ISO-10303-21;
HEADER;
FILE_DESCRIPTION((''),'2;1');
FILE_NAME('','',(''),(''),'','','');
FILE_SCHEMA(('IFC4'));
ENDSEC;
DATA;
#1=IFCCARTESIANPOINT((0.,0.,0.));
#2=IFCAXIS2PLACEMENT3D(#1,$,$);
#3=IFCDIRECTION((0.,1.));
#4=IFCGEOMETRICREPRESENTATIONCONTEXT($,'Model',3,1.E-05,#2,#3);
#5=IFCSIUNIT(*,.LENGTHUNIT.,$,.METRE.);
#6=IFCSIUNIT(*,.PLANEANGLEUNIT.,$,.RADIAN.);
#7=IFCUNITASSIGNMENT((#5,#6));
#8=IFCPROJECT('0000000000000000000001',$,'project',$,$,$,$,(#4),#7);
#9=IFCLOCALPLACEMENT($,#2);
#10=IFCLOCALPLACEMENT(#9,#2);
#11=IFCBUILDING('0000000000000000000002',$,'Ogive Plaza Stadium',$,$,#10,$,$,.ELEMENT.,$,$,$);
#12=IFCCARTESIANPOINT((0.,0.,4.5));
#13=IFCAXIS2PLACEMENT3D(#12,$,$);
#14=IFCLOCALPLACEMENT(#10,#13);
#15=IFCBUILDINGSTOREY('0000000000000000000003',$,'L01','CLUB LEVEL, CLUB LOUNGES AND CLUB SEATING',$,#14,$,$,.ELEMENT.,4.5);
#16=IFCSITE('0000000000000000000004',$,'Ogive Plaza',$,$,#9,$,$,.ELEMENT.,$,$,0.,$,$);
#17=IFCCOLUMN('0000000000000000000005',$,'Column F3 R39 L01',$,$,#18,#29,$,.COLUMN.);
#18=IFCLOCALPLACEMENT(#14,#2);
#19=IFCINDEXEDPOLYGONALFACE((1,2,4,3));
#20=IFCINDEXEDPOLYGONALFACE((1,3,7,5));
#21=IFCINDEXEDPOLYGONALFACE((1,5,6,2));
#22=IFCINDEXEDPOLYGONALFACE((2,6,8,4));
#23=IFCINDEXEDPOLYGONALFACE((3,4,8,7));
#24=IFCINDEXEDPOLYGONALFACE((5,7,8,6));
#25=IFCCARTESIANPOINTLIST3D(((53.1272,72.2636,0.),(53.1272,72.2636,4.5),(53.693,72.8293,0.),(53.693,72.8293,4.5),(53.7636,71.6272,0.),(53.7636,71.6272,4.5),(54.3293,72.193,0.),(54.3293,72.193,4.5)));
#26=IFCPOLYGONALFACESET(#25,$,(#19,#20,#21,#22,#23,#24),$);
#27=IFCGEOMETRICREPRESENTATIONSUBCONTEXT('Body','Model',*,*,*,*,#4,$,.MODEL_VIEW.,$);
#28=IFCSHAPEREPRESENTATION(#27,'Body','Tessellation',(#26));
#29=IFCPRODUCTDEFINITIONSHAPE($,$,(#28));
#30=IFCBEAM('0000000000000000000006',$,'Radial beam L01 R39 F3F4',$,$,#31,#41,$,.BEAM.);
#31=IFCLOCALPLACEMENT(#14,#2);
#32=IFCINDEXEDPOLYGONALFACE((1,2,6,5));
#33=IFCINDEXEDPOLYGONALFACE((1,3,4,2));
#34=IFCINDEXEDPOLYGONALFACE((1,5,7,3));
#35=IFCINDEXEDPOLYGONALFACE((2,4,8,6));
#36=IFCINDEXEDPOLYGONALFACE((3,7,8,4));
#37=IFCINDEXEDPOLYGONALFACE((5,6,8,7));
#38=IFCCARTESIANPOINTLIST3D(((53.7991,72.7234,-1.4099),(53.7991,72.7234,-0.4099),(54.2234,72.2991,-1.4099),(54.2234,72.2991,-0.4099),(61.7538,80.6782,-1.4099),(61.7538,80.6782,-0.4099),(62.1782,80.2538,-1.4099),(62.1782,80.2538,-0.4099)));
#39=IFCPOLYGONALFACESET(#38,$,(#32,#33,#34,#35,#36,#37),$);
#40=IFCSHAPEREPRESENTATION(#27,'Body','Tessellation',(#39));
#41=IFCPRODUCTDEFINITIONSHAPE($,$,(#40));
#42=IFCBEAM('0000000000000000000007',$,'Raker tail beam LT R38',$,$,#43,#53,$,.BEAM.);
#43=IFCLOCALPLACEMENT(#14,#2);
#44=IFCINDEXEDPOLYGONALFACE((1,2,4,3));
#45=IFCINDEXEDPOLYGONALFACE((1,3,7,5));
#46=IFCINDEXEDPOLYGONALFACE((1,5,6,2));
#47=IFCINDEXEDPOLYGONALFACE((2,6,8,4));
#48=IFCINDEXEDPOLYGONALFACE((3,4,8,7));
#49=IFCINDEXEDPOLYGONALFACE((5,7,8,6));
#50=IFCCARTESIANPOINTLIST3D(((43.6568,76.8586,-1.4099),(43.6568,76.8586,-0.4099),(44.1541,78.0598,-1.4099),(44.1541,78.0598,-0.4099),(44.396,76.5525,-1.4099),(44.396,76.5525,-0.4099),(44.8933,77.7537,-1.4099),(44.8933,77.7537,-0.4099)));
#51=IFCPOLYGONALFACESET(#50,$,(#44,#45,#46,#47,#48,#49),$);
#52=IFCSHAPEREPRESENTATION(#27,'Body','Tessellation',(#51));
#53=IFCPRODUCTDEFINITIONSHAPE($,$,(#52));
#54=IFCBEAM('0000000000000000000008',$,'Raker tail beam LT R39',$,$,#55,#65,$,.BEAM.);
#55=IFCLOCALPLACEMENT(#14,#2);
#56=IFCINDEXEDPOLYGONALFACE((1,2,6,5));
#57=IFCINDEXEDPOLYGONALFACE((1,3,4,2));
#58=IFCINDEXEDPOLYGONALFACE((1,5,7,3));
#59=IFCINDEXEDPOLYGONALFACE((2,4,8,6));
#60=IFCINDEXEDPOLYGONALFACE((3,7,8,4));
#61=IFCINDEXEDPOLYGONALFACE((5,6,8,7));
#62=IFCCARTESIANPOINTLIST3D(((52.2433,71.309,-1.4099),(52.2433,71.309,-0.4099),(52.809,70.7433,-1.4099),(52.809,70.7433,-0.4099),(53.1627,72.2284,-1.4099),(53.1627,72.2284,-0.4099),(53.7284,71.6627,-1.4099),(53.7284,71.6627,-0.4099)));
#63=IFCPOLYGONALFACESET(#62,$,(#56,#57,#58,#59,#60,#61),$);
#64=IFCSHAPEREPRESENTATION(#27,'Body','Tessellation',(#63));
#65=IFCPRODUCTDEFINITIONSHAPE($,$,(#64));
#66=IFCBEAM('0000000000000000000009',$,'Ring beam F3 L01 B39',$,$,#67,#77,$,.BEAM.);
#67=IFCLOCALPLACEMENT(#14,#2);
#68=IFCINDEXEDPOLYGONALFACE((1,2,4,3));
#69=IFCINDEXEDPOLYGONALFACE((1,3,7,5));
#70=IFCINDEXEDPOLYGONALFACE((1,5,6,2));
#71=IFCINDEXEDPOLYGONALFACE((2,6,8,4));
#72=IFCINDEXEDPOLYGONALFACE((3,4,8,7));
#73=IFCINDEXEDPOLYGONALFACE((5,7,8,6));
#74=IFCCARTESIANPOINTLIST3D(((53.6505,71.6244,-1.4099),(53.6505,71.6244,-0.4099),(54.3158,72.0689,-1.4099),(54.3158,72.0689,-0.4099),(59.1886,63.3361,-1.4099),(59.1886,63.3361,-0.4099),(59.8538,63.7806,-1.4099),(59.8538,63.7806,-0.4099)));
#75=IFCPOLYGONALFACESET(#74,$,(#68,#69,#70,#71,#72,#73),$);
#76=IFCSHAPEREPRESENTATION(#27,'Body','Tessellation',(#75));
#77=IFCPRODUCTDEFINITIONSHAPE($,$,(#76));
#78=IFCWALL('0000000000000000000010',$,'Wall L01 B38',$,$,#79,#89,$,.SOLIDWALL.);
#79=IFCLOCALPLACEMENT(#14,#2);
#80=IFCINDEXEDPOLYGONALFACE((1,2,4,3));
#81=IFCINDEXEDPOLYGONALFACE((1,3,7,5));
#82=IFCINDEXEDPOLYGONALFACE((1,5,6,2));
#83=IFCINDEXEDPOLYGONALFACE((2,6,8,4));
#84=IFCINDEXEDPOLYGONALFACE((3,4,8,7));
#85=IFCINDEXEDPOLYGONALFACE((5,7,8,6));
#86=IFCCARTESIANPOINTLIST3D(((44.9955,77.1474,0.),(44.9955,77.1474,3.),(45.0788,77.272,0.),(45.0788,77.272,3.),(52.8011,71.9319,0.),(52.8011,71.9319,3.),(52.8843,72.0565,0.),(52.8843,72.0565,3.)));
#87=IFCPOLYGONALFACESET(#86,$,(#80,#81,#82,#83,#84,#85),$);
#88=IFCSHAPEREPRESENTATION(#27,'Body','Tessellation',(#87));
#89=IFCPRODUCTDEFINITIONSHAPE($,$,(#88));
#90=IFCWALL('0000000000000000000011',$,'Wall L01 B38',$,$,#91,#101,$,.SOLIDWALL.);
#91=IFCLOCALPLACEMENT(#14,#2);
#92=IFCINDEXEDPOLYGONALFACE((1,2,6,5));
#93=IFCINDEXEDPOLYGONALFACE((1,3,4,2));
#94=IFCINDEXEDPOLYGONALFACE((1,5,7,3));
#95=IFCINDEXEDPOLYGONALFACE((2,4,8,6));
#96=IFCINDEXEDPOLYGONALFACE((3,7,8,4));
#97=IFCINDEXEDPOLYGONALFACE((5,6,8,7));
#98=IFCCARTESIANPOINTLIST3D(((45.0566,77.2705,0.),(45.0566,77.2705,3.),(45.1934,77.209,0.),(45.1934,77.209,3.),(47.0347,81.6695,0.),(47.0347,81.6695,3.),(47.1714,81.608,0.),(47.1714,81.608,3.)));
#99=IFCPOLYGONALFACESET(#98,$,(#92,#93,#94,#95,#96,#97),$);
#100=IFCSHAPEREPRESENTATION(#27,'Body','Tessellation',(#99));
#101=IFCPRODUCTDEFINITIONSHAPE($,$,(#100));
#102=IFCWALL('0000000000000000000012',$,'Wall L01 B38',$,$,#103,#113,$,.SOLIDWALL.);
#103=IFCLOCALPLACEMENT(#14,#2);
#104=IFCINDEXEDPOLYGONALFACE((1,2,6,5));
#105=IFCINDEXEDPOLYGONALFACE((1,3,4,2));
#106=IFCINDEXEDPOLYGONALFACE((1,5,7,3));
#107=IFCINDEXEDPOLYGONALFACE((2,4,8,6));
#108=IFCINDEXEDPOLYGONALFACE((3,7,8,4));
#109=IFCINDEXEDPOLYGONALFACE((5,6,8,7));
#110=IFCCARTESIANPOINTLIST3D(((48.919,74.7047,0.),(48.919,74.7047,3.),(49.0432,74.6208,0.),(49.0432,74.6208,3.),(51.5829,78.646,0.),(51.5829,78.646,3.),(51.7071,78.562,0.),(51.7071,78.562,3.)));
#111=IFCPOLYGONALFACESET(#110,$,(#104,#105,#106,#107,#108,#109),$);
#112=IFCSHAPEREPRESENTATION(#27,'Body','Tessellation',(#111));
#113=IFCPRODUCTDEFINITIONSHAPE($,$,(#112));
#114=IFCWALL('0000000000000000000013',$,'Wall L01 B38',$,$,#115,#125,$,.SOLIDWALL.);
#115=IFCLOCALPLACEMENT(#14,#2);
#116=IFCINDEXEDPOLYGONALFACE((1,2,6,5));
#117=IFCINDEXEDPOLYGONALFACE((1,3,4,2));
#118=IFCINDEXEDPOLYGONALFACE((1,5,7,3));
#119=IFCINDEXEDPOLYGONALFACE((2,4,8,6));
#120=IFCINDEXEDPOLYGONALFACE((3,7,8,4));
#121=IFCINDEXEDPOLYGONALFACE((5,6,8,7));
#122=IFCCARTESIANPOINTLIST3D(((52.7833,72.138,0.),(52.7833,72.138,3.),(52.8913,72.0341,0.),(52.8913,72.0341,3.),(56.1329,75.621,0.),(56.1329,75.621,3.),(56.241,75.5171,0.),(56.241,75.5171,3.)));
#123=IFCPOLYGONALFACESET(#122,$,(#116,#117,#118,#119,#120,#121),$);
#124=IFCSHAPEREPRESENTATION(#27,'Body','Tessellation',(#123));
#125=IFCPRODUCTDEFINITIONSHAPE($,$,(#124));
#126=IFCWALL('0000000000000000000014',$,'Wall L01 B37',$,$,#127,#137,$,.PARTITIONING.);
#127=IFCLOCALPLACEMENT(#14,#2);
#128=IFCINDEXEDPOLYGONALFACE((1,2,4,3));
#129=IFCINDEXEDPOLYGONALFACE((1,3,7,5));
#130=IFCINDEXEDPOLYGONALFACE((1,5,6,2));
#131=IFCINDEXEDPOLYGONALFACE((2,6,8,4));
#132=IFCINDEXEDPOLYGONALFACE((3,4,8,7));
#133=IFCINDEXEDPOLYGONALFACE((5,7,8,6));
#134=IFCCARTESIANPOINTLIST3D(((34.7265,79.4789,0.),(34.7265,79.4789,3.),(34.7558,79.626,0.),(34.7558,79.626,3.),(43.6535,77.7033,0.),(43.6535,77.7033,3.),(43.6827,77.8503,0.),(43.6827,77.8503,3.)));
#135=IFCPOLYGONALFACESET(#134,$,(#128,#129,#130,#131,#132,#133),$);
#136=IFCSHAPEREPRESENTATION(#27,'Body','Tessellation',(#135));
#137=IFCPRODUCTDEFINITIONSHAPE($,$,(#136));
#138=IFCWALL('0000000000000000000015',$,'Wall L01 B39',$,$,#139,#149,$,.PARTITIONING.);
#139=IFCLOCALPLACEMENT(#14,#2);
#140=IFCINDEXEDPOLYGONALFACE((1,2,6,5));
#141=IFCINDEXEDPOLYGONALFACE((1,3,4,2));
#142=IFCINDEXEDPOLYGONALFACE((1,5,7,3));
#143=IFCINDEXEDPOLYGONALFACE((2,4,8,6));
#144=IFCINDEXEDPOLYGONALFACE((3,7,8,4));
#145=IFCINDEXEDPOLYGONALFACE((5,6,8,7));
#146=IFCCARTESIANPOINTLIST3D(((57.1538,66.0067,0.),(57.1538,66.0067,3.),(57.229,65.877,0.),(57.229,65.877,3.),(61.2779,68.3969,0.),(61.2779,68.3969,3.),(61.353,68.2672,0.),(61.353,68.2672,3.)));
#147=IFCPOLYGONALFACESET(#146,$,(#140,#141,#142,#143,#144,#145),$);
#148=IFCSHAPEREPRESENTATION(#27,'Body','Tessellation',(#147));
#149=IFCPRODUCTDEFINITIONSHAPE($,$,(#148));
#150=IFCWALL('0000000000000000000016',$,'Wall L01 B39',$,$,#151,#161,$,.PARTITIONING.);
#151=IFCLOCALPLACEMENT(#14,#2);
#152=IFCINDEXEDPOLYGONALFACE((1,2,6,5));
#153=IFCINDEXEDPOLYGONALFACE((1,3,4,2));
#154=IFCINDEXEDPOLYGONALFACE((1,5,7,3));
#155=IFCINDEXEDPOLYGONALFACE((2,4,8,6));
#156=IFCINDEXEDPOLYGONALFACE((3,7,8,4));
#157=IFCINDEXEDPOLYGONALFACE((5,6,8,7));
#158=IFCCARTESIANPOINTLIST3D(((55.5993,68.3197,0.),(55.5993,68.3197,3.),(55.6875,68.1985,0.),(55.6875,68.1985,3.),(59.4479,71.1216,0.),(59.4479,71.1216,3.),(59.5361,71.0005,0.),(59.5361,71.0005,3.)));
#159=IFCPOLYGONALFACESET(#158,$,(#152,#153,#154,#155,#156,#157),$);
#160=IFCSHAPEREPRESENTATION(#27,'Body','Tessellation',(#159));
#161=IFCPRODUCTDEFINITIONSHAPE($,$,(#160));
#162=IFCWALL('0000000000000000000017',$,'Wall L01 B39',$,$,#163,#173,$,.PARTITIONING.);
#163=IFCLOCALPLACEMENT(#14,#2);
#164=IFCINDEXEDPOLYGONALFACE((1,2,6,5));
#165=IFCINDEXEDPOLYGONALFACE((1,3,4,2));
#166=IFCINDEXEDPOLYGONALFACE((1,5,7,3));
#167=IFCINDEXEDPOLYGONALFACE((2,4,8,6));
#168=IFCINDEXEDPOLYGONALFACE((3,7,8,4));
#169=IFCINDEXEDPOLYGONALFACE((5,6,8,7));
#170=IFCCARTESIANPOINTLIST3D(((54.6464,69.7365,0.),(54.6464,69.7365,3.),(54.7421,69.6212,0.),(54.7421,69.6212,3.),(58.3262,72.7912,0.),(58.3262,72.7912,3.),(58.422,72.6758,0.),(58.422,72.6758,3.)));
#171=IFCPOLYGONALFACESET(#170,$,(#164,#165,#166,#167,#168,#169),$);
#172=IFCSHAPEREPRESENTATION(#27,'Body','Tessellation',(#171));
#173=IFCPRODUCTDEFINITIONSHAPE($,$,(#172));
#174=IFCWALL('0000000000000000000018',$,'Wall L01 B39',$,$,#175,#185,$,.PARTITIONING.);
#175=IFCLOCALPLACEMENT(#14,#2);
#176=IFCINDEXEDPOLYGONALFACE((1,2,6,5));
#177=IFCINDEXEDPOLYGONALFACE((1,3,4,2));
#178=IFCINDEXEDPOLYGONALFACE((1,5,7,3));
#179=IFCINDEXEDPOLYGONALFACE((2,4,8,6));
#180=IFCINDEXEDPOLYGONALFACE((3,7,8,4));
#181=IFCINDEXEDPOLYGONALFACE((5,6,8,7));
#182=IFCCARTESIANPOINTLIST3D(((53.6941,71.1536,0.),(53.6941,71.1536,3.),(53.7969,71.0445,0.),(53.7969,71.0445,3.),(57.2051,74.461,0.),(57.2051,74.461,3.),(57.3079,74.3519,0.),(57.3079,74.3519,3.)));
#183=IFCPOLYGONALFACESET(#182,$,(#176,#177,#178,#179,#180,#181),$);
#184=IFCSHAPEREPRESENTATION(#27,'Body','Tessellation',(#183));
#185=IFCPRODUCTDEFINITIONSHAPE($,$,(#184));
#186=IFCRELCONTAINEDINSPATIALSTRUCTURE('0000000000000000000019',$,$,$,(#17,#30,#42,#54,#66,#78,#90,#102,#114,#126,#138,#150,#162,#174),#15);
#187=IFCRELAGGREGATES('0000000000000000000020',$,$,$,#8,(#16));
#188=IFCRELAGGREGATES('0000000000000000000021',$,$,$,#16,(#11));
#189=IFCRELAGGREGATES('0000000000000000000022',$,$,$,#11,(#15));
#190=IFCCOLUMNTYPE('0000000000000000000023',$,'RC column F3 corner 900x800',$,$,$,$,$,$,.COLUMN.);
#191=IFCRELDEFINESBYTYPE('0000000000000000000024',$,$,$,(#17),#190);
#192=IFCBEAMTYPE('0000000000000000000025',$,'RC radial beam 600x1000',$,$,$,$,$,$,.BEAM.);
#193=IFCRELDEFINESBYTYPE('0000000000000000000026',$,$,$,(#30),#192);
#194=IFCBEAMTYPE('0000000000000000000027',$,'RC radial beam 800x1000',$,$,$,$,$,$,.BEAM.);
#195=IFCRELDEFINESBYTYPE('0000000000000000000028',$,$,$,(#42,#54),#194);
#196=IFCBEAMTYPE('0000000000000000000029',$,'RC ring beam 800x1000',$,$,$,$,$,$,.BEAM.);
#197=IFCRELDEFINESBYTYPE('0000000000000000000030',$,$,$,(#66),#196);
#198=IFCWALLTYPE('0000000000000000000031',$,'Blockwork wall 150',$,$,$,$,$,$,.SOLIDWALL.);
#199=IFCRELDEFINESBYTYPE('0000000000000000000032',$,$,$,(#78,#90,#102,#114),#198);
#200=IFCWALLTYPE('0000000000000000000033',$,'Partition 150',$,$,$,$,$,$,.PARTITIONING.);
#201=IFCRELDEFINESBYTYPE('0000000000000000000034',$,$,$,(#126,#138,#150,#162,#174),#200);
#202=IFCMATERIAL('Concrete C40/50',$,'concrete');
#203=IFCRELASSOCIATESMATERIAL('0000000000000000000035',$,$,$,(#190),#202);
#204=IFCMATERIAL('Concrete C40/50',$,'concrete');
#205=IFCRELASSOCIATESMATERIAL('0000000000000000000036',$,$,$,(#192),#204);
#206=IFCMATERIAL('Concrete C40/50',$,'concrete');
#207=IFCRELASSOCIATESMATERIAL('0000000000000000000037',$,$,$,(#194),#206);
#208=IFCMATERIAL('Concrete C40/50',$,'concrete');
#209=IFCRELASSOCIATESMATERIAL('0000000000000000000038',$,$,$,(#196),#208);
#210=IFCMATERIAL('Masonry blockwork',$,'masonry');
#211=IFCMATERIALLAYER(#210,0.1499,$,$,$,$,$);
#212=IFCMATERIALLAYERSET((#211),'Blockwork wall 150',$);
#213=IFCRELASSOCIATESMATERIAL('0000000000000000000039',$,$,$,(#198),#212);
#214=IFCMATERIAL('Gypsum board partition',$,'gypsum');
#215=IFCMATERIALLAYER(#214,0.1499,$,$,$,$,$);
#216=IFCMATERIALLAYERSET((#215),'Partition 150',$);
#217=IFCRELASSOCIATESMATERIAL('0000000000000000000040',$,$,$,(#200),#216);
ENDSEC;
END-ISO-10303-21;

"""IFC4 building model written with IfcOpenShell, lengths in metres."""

from ifc_helpers import new_model, si_unit, direction, frame, frame_2d, origin, origin_2d, place, context, subcontext, project, spatial, rectangle, extrude, material, layer, layer_set, material_profile, profile_set, type_object, element, save


model = new_model("IFC4")

# Units and contexts
model_context = context("Model", 3, precision=1e-05, world=origin(), true_north=direction((0.0, 1.0)))
body_context = subcontext(model_context, "Body", "Model", "MODEL_VIEW")
ifc_project = project(units=[si_unit("LENGTHUNIT", "METRE"), si_unit("PLANEANGLEUNIT", "RADIAN")], contexts=[model_context])

# Site, building, storey
site_placement = place(None, origin())
site = spatial("IfcSite", under=ifc_project, at=site_placement, Name="Ogive Plaza", CompositionType="ELEMENT", RefElevation=0.0)
building_placement = place(site_placement, origin())
building = spatial("IfcBuilding", under=site, at=building_placement, Name="Ogive Plaza Stadium", CompositionType="ELEMENT")
storey_placement = place(building_placement, frame((0.0, 0.0, 4.5)))
storey = spatial("IfcBuildingStorey", under=building, at=storey_placement, Name="L01", Description="CLUB LEVEL, CLUB LOUNGES AND CLUB SEATING", CompositionType="ELEMENT", Elevation=4.5)

# Column
ifc_material_1 = material(Name="Concrete C40/50", Category="concrete")
ifc_material_profile_1 = material_profile(ifc_material_1, rectangle(XDim=0.8999, YDim=0.8, at=origin_2d()), Name="RC 900x800")
ifc_profile_set_1 = profile_set([ifc_material_profile_1], Name="Concrete C40/50")
column_type = type_object("IfcColumnType", Name="RC column F3 corner 900x800", PredefinedType="COLUMN", material=ifc_profile_set_1)
column_placement = place(storey_placement, frame((53.7283, 72.2283, 0.0), z_axis=(0.0, 0.0, 1.0), x_axis=(-0.707107, 0.707107, 0.0)))
element("IfcColumn", 1, at=column_placement, inside=storey, type_object=column_type, Name="Column F3 R39 L01", PredefinedType="COLUMN", context=body_context, shape_type="SweptSolid", body=[
    extrude(rectangle(XDim=0.8999, YDim=0.8, at=origin_2d()), origin(), (0.0, 0.0, 1.0), 4.5),
])

# Beams
ifc_material_2 = material(Name="Concrete C40/50", Category="concrete")
ifc_material_profile_2 = material_profile(ifc_material_2, rectangle(XDim=0.6001, YDim=1.0, at=origin_2d()), Name="RC 600x1000")
ifc_profile_set_2 = profile_set([ifc_material_profile_2], Name="Concrete C40/50")
beam_type_1 = type_object("IfcBeamType", Name="RC radial beam 600x1000", PredefinedType="BEAM", material=ifc_profile_set_2)
beam_1_placement = place(storey_placement, frame((54.0112, 72.5112, -0.9099), z_axis=(0.707107, 0.707107, 0.0), x_axis=(-0.707107, 0.707107, 0.0)))
element("IfcBeam", 2, at=beam_1_placement, inside=storey, type_object=beam_type_1, Name="Radial beam L01 R39 F3F4", PredefinedType="BEAM", context=body_context, shape_type="SweptSolid", body=[
    extrude(rectangle(XDim=0.6001, YDim=1.0, at=origin_2d()), origin(), (0.0, 0.0, 1.0), 11.2498),
])
ifc_material_3 = material(Name="Concrete C40/50", Category="concrete")
ifc_material_profile_3 = material_profile(ifc_material_3, rectangle(XDim=0.8, YDim=1.0, at=origin_2d()), Name="RC 800x1000")
ifc_profile_set_3 = profile_set([ifc_material_profile_3], Name="Concrete C40/50")
beam_type_2 = type_object("IfcBeamType", Name="RC radial beam 800x1000", PredefinedType="BEAM", material=ifc_profile_set_3)
beam_2_placement = place(storey_placement, frame((44.0264, 76.7056, -0.9099), z_axis=(0.382534, 0.923941, 0.0), x_axis=(-0.923941, 0.382534, 0.0)))
element("IfcBeam", 3, at=beam_2_placement, inside=storey, type_object=beam_type_2, Name="Raker tail beam LT R38", PredefinedType="BEAM", context=body_context, shape_type="SweptSolid", body=[
    extrude(rectangle(XDim=0.8, YDim=1.0, at=origin_2d()), origin(), (0.0, 0.0, 1.0), 1.3),
])
beam_3_placement = place(storey_placement, frame((52.5261, 71.0261, -0.9099), z_axis=(0.707107, 0.707107, 0.0), x_axis=(-0.707107, 0.707107, 0.0)))
element("IfcBeam", 4, at=beam_3_placement, inside=storey, type_object=beam_type_2, Name="Raker tail beam LT R39", PredefinedType="BEAM", context=body_context, shape_type="SweptSolid", body=[
    extrude(rectangle(XDim=0.8, YDim=1.0, at=origin_2d()), origin(), (0.0, 0.0, 1.0), 1.3003),
])
ifc_material_4 = material(Name="Concrete C40/50", Category="concrete")
ifc_material_profile_4 = material_profile(ifc_material_4, rectangle(XDim=0.8, YDim=1.0, at=origin_2d()), Name="RC 800x1000")
ifc_profile_set_4 = profile_set([ifc_material_profile_4], Name="Concrete C40/50")
beam_type_3 = type_object("IfcBeamType", Name="RC ring beam 800x1000", PredefinedType="BEAM", material=ifc_profile_set_4)
beam_4_placement = place(storey_placement, frame((53.9832, 71.8467, -0.9099), z_axis=(0.55557, -0.83147, 0.0), x_axis=(0.83147, 0.55557, 0.0)))
element("IfcBeam", 5, at=beam_4_placement, inside=storey, type_object=beam_type_3, Name="Ring beam F3 L01 B39", PredefinedType="BEAM", context=body_context, shape_type="SweptSolid", body=[
    extrude(rectangle(XDim=0.8, YDim=1.0, at=origin_2d()), origin(), (0.0, 0.0, 1.0), 9.9683),
])

# Walls
ifc_material_5 = material(Name="Masonry blockwork", Category="masonry")
ifc_layer_1 = layer(ifc_material_5, 0.1499)
ifc_layer_set_1 = layer_set([ifc_layer_1], Name="Blockwork wall 150")
wall_type_1 = type_object("IfcWallType", Name="Blockwork wall 150", PredefinedType="SOLIDWALL", material=ifc_layer_set_1)
wall_1_placement = place(storey_placement, frame((45.0371, 77.2097, 0.0), z_axis=(0.0, 0.0, 1.0), x_axis=(0.83147, -0.55557, 0.0)))
element("IfcWall", 6, at=wall_1_placement, inside=storey, type_object=wall_type_1, Name="Wall L01 B38", PredefinedType="SOLIDWALL", context=body_context, shape_type="SweptSolid", body=[
    extrude(rectangle(XDim=9.3877, YDim=0.1499, at=frame_2d((4.6938, 0.0))), origin(), (0.0, 0.0, 1.0), 3.0),
])
wall_2_placement = place(storey_placement, frame((45.125, 77.2397, 0.0), z_axis=(0.0, 0.0, 1.0), x_axis=(0.410108, 0.912037, 0.0)))
element("IfcWall", 7, at=wall_2_placement, inside=storey, type_object=wall_type_1, Name="Wall L01 B38", PredefinedType="SOLIDWALL", context=body_context, shape_type="SweptSolid", body=[
    extrude(rectangle(XDim=4.8232, YDim=0.1499, at=frame_2d((2.4116, 0.0))), origin(), (0.0, 0.0, 1.0), 3.0),
])
wall_3_placement = place(storey_placement, frame((48.9812, 74.6628, 0.0), z_axis=(0.0, 0.0, 1.0), x_axis=(0.559983, 0.828504, 0.0)))
element("IfcWall", 8, at=wall_3_placement, inside=storey, type_object=wall_type_1, Name="Wall L01 B38", PredefinedType="SOLIDWALL", context=body_context, shape_type="SweptSolid", body=[
    extrude(rectangle(XDim=4.7571, YDim=0.1499, at=frame_2d((2.3784, 0.0))), origin(), (0.0, 0.0, 1.0), 3.0),
])
wall_4_placement = place(storey_placement, frame((52.8374, 72.0862, 0.0), z_axis=(0.0, 0.0, 1.0), x_axis=(0.693179, 0.720765, 0.0)))
element("IfcWall", 9, at=wall_4_placement, inside=storey, type_object=wall_type_1, Name="Wall L01 B38", PredefinedType="SOLIDWALL", context=body_context, shape_type="SweptSolid", body=[
    extrude(rectangle(XDim=4.8323, YDim=0.1499, at=frame_2d((2.416, 0.0))), origin(), (0.0, 0.0, 1.0), 3.0),
])
ifc_material_6 = material(Name="Gypsum board partition", Category="gypsum")
ifc_layer_2 = layer(ifc_material_6, 0.1499)
ifc_layer_set_2 = layer_set([ifc_layer_2], Name="Partition 150")
wall_type_2 = type_object("IfcWallType", Name="Partition 150", PredefinedType="PARTITIONING", material=ifc_layer_set_2)
wall_5_placement = place(storey_placement, frame((43.668, 77.7769, 0.0), z_axis=(0.0, 0.0, 1.0), x_axis=(-0.980786, 0.195084, 0.0)))
element("IfcWall", 10, at=wall_5_placement, inside=storey, type_object=wall_type_2, Name="Wall L01 B37", PredefinedType="PARTITIONING", context=body_context, shape_type="SweptSolid", body=[
    extrude(rectangle(XDim=9.1018, YDim=0.1499, at=frame_2d((4.5508, 0.0))), origin(), (0.0, 0.0, 1.0), 3.0),
])
wall_6_placement = place(storey_placement, frame((57.1914, 65.9419, 0.0), z_axis=(0.0, 0.0, 1.0), x_axis=(0.865195, 0.501436, 0.0)))
element("IfcWall", 11, at=wall_6_placement, inside=storey, type_object=wall_type_2, Name="Wall L01 B39", PredefinedType="PARTITIONING", context=body_context, shape_type="SweptSolid", body=[
    extrude(rectangle(XDim=4.7666, YDim=0.1499, at=frame_2d((2.3833, 0.0))), origin(), (0.0, 0.0, 1.0), 3.0),
])
wall_7_placement = place(storey_placement, frame((55.6433, 68.259, 0.0), z_axis=(0.0, 0.0, 1.0), x_axis=(0.808437, 0.588583, 0.0)))
element("IfcWall", 12, at=wall_7_placement, inside=storey, type_object=wall_type_2, Name="Wall L01 B39", PredefinedType="PARTITIONING", context=body_context, shape_type="SweptSolid", body=[
    extrude(rectangle(XDim=4.7605, YDim=0.1499, at=frame_2d((2.3804, 0.0))), origin(), (0.0, 0.0, 1.0), 3.0),
])
wall_8_placement = place(storey_placement, frame((54.6943, 69.679, 0.0), z_axis=(0.0, 0.0, 1.0), x_axis=(0.769446, 0.638712, 0.0)))
element("IfcWall", 13, at=wall_8_placement, inside=storey, type_object=wall_type_2, Name="Wall L01 B39", PredefinedType="PARTITIONING", context=body_context, shape_type="SweptSolid", body=[
    extrude(rectangle(XDim=4.7825, YDim=0.1499, at=frame_2d((2.3911, 0.0))), origin(), (0.0, 0.0, 1.0), 3.0),
])
wall_9_placement = place(storey_placement, frame((53.7456, 71.0991, 0.0), z_axis=(0.0, 0.0, 1.0), x_axis=(0.727898, 0.685685, 0.0)))
element("IfcWall", 14, at=wall_9_placement, inside=storey, type_object=wall_type_2, Name="Wall L01 B39", PredefinedType="PARTITIONING", context=body_context, shape_type="SweptSolid", body=[
    extrude(rectangle(XDim=4.8235, YDim=0.1499, at=frame_2d((2.4116, 0.0))), origin(), (0.0, 0.0, 1.0), 3.0),
])

save(model, "model.ifc")
